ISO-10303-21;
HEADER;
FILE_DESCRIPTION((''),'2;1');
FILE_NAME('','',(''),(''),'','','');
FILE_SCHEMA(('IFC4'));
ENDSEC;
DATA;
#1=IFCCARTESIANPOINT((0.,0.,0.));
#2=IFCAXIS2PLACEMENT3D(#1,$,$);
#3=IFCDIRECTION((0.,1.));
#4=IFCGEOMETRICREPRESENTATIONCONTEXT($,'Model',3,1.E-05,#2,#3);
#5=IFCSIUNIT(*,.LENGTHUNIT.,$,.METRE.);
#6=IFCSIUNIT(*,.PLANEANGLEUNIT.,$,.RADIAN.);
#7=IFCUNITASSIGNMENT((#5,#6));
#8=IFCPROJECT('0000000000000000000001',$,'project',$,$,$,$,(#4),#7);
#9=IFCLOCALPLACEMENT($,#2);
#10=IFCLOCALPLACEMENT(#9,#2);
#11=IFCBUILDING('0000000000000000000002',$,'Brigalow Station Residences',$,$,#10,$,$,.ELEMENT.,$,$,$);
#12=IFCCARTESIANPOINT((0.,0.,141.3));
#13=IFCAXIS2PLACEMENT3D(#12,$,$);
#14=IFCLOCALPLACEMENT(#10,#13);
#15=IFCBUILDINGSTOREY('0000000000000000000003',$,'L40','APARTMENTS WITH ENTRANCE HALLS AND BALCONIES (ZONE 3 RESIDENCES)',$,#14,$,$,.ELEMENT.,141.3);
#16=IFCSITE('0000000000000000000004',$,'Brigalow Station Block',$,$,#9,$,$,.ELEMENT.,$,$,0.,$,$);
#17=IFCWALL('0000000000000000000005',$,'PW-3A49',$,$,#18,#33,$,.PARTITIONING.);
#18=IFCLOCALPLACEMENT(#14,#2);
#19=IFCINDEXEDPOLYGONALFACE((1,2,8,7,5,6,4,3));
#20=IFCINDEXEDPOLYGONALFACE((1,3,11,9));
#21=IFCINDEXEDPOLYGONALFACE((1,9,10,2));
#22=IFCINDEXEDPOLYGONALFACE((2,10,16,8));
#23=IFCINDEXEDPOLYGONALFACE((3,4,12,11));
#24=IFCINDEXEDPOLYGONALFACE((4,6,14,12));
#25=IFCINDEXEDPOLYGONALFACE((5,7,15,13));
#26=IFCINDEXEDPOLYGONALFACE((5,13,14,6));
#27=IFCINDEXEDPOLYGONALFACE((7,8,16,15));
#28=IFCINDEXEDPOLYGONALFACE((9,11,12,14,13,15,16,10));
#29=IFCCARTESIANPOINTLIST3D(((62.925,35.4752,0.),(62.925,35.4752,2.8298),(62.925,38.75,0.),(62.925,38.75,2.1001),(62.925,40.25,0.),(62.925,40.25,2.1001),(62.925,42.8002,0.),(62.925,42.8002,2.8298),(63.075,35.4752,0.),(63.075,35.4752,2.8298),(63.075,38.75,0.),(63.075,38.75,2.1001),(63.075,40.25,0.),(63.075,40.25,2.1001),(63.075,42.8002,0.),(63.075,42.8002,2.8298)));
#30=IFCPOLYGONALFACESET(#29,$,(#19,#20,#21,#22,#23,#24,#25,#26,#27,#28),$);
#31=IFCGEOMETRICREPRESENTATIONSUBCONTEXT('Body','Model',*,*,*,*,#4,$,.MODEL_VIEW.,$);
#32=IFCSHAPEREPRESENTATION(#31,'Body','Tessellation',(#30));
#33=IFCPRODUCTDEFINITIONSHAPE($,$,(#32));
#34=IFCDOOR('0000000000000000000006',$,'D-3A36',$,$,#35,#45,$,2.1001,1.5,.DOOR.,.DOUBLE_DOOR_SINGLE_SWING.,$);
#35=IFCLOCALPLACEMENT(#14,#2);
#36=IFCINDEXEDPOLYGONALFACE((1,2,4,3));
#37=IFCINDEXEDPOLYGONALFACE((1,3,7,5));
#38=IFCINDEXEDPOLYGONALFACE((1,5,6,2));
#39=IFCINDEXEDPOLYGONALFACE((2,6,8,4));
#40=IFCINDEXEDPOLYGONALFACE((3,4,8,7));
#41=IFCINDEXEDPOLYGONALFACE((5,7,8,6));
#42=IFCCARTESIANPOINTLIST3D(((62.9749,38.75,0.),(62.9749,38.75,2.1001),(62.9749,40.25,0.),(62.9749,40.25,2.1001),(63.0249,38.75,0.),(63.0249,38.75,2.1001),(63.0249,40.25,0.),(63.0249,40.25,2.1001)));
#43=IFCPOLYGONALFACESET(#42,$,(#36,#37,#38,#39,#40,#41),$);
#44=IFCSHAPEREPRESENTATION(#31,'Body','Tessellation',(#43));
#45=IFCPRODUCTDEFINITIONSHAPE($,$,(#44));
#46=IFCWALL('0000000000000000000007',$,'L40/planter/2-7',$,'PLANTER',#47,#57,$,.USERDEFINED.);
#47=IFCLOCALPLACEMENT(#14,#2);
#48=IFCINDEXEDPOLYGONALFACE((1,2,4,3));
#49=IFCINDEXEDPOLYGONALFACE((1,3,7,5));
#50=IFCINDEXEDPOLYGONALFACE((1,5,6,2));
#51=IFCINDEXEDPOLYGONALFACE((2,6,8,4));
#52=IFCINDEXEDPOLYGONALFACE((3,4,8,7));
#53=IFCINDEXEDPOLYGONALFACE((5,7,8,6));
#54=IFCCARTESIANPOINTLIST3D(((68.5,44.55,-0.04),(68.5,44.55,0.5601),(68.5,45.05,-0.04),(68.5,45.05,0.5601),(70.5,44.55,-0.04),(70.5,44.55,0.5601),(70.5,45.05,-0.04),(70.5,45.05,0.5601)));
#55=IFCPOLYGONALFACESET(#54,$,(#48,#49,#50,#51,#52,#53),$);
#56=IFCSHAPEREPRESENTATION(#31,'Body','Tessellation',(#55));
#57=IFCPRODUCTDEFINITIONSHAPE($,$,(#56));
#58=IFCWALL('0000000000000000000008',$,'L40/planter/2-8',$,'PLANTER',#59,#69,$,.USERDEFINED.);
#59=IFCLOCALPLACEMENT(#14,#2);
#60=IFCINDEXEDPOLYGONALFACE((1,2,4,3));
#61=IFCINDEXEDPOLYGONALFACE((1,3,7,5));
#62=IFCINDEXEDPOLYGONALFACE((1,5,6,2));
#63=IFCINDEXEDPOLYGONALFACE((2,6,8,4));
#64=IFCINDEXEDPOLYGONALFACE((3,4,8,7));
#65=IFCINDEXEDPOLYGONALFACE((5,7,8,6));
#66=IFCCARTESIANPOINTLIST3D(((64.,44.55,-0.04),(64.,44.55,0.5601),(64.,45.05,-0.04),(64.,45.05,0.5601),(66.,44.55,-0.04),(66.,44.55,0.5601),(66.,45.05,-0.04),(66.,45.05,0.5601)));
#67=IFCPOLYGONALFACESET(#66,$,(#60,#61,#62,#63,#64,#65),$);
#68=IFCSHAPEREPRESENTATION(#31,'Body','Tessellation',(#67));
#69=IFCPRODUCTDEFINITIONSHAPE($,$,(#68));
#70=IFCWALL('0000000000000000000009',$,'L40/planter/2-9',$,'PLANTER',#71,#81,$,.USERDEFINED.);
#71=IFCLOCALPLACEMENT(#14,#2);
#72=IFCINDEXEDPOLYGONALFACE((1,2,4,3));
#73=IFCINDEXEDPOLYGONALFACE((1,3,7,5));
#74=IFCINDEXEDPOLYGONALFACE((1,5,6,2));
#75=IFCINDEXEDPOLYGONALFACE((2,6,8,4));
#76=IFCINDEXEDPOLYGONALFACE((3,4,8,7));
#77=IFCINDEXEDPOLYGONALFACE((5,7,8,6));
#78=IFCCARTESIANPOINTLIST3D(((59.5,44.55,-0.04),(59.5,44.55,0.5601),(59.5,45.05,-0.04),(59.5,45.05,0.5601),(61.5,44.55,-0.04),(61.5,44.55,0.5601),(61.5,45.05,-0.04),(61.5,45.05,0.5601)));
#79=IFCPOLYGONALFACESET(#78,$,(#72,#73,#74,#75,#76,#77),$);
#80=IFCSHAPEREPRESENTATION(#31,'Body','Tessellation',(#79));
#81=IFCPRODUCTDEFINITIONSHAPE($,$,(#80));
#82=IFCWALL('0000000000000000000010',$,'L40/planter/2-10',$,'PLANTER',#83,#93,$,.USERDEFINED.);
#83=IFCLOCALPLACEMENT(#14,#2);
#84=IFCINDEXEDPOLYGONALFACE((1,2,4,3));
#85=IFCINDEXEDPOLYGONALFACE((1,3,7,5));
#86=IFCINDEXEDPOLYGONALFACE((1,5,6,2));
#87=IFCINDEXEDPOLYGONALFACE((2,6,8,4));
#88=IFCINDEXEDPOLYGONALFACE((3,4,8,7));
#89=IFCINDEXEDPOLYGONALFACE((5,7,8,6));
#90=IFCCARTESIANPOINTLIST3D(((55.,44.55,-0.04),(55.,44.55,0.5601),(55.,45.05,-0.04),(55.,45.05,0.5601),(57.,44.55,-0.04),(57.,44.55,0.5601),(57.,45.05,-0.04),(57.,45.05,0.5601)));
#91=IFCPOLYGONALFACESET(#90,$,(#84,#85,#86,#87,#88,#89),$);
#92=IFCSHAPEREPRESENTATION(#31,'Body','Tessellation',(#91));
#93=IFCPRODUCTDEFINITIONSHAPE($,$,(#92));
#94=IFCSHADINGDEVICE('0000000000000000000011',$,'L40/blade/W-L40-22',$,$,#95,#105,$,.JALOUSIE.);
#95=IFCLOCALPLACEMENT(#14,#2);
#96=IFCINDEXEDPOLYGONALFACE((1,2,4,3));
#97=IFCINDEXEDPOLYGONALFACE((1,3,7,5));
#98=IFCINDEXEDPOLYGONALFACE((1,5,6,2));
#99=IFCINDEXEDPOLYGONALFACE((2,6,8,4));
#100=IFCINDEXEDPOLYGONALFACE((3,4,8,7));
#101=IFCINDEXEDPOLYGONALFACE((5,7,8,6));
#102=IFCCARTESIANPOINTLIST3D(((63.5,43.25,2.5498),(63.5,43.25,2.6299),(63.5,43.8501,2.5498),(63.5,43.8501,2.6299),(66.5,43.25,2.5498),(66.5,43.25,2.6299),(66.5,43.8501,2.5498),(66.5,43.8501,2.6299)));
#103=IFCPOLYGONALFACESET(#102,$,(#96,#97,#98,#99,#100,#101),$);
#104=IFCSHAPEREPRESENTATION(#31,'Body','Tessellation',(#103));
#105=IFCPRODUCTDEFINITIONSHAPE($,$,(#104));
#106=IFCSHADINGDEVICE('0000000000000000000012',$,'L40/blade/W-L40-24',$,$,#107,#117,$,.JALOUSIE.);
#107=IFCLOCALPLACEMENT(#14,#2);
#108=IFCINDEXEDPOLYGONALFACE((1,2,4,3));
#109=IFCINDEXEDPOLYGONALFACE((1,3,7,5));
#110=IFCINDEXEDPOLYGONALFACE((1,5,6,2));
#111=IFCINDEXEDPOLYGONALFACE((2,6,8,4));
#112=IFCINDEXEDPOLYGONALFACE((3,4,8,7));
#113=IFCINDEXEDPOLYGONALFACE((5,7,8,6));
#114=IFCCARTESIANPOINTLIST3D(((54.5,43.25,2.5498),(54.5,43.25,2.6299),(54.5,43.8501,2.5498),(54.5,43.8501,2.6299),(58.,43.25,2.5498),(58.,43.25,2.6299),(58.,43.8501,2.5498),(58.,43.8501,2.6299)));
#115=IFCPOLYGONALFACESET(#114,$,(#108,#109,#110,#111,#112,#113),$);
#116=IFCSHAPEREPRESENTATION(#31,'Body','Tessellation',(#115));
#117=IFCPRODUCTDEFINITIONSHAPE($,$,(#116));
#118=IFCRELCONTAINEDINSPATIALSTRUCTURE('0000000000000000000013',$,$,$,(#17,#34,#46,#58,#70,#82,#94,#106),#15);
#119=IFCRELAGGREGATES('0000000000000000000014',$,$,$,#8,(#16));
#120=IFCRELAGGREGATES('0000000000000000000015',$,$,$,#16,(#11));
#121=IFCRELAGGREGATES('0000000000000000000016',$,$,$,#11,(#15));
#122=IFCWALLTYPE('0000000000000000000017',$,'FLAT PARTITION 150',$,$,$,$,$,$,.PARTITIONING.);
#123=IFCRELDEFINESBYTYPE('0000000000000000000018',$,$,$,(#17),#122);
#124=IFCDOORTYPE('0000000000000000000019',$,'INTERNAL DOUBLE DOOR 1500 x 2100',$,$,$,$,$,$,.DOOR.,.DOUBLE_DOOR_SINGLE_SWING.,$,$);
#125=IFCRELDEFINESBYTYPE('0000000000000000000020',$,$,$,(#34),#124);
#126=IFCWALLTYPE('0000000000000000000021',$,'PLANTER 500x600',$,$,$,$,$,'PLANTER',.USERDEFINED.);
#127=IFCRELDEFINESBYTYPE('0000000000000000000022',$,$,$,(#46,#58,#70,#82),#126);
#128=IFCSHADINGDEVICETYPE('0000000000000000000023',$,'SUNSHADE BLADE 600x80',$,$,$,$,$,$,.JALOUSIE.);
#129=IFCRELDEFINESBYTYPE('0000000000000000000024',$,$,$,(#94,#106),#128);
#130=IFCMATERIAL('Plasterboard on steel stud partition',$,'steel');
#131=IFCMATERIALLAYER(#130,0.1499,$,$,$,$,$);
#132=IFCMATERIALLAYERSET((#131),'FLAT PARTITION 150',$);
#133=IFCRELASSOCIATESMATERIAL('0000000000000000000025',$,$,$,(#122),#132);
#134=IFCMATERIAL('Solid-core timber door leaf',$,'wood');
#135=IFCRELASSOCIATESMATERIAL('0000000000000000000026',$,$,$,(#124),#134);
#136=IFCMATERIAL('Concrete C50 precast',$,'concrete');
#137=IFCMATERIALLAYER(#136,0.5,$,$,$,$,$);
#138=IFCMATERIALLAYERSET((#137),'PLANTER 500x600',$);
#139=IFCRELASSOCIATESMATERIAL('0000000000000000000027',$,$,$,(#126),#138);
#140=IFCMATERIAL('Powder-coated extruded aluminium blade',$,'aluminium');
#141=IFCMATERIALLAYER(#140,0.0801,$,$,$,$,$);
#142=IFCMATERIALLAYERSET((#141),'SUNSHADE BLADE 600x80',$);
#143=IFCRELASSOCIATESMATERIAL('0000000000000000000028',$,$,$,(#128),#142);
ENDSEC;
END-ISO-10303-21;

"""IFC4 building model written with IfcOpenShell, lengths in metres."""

from ifc_helpers import new_model, si_unit, direction, frame, frame_2d, origin, origin_2d, place, context, subcontext, project, spatial, rectangle, extrude, material, layer, layer_set, type_object, element, fill, save


model = new_model("IFC4")

# Units and contexts
model_context = context("Model", 3, precision=1e-05, world=origin(), true_north=direction((0.0, 1.0)))
body_context = subcontext(model_context, "Body", "Model", "MODEL_VIEW")
ifc_project = project(units=[si_unit("LENGTHUNIT", "METRE"), si_unit("PLANEANGLEUNIT", "RADIAN")], contexts=[model_context])

# Site, building, storey
site_placement = place(None, origin())
site = spatial("IfcSite", under=ifc_project, at=site_placement, Name="Brigalow Station Block", CompositionType="ELEMENT", RefElevation=0.0)
building_placement = place(site_placement, origin())
building = spatial("IfcBuilding", under=site, at=building_placement, Name="Brigalow Station Residences", CompositionType="ELEMENT")
storey_placement = place(building_placement, frame((0.0, 0.0, 141.3)))
storey = spatial("IfcBuildingStorey", under=building, at=storey_placement, Name="L40", Description="APARTMENTS WITH ENTRANCE HALLS AND BALCONIES (ZONE 3 RESIDENCES)", CompositionType="ELEMENT", Elevation=141.3)

# Shared definitions
ifc_material_1 = material(Name="Plasterboard on steel stud partition", Category="steel")
ifc_layer_1 = layer(ifc_material_1, 0.1499)
ifc_layer_set_1 = layer_set([ifc_layer_1], Name="FLAT PARTITION 150")
wall_type_1 = type_object("IfcWallType", Name="FLAT PARTITION 150", PredefinedType="PARTITIONING", material=ifc_layer_set_1)

# Wall, opening, door
wall_1_placement = place(storey_placement, frame((63.0, 35.4751, 0.0), z_axis=(0.0, 0.0, 1.0), x_axis=(0.0, 1.0, 0.0)))
wall_1 = element("IfcWall", 1, at=wall_1_placement, inside=storey, type_object=wall_type_1, Name="PW-3A49", PredefinedType="PARTITIONING", context=body_context, shape_type="SweptSolid", body=[
    extrude(rectangle(XDim=7.325, YDim=0.1499, at=frame_2d((3.6626, 0.0))), origin(), (0.0, 0.0, 1.0), 2.8298),
])
opening_1_placement = place(wall_1_placement, frame((3.2749, 0.0, 0.0)))
opening_1 = element("IfcOpeningElement", 2, at=opening_1_placement, cuts=wall_1, PredefinedType="OPENING", context=body_context, shape_type="SweptSolid", body=[
    extrude(rectangle(XDim=1.5, YDim=2.1001, at=frame_2d((0.75, 1.05))), frame((0.0, 0.085, 0.0), z_axis=(0.0, -1.0, 0.0), x_axis=(1.0, 0.0, 0.0)), (0.0, 0.0, 1.0), 0.1699),
])
ifc_material_2 = material(Name="Solid-core timber door leaf", Category="wood")
door_type_1 = type_object("IfcDoorType", Name="INTERNAL DOUBLE DOOR 1500 x 2100", OperationType="DOUBLE_DOOR_SINGLE_SWING", PredefinedType="DOOR", material=ifc_material_2)
door_1_placement = place(opening_1_placement, frame((1.5, 0.0, 0.0), z_axis=(0.0, 0.0, 1.0), x_axis=(-1.0, 0.0, 0.0)))
door_1 = element("IfcDoor", 3, at=door_1_placement, inside=storey, type_object=door_type_1, Name="D-3A36", OperationType="DOUBLE_DOOR_SINGLE_SWING", OverallHeight=2.1001, OverallWidth=1.5, PredefinedType="DOOR", context=body_context, shape_type="SweptSolid", body=[
    extrude(rectangle(XDim=1.5, YDim=2.1001, at=frame_2d((0.75, 1.05))), frame((0.0, 0.0249, 0.0), z_axis=(0.0, -1.0, 0.0), x_axis=(1.0, 0.0, 0.0)), (0.0, 0.0, 1.0), 0.05),
])
fill(opening_1, door_1)

# Walls
ifc_material_3 = material(Name="Concrete C50 precast", Category="concrete")
ifc_layer_2 = layer(ifc_material_3, 0.5)
ifc_layer_set_2 = layer_set([ifc_layer_2], Name="PLANTER 500x600")
wall_type_2 = type_object("IfcWallType", Name="PLANTER 500x600", ElementType="PLANTER", PredefinedType="USERDEFINED", material=ifc_layer_set_2)
for number, where, z_axis, x_axis, name in (
    (4, (70.5, 44.8, -0.04), (0.0, 0.0, 1.0), (-1.0, 0.0, 0.0), "L40/planter/2-7"),
    (5, (66.0, 44.8, -0.04), (0.0, 0.0, 1.0), (-1.0, 0.0, 0.0), "L40/planter/2-8"),
    (6, (61.5, 44.8, -0.04), (0.0, 0.0, 1.0), (-1.0, 0.0, 0.0), "L40/planter/2-9"),
    (7, (57.0, 44.8, -0.04), (0.0, 0.0, 1.0), (-1.0, 0.0, 0.0), "L40/planter/2-10"),
):
    element("IfcWall", number, at=place(storey_placement, frame(where, z_axis=z_axis, x_axis=x_axis)), inside=storey, type_object=wall_type_2, Name=name, ObjectType="PLANTER", PredefinedType="USERDEFINED", context=body_context, shape_type="SweptSolid", body=[
        extrude(rectangle(XDim=2.0, YDim=0.5, at=frame_2d((1.0, 0.0))), origin(), (0.0, 0.0, 1.0), 0.6001),
    ])

# Shading devices
ifc_material_4 = material(Name="Powder-coated extruded aluminium blade", Category="aluminium")
ifc_layer_3 = layer(ifc_material_4, 0.0801)
ifc_layer_set_3 = layer_set([ifc_layer_3], Name="SUNSHADE BLADE 600x80")
shading_device_type = type_object("IfcShadingDeviceType", Name="SUNSHADE BLADE 600x80", PredefinedType="JALOUSIE", material=ifc_layer_set_3)
shading_device_1_placement = place(storey_placement, frame((65.0, 43.55, 2.5498), z_axis=(0.0, 0.0, 1.0), x_axis=(-1.0, 0.0, 0.0)))
element("IfcShadingDevice", 8, at=shading_device_1_placement, inside=storey, type_object=shading_device_type, Name="L40/blade/W-L40-22", PredefinedType="JALOUSIE", context=body_context, shape_type="SweptSolid", body=[
    extrude(rectangle(XDim=3.0, YDim=0.6001, at=origin_2d()), origin(), (0.0, 0.0, 1.0), 0.0801),
])
shading_device_2_placement = place(storey_placement, frame((56.25, 43.55, 2.5498), z_axis=(0.0, 0.0, 1.0), x_axis=(-1.0, 0.0, 0.0)))
element("IfcShadingDevice", 9, at=shading_device_2_placement, inside=storey, type_object=shading_device_type, Name="L40/blade/W-L40-24", PredefinedType="JALOUSIE", context=body_context, shape_type="SweptSolid", body=[
    extrude(rectangle(XDim=3.5, YDim=0.6001, at=origin_2d()), origin(), (0.0, 0.0, 1.0), 0.0801),
])

save(model, "model.ifc")
